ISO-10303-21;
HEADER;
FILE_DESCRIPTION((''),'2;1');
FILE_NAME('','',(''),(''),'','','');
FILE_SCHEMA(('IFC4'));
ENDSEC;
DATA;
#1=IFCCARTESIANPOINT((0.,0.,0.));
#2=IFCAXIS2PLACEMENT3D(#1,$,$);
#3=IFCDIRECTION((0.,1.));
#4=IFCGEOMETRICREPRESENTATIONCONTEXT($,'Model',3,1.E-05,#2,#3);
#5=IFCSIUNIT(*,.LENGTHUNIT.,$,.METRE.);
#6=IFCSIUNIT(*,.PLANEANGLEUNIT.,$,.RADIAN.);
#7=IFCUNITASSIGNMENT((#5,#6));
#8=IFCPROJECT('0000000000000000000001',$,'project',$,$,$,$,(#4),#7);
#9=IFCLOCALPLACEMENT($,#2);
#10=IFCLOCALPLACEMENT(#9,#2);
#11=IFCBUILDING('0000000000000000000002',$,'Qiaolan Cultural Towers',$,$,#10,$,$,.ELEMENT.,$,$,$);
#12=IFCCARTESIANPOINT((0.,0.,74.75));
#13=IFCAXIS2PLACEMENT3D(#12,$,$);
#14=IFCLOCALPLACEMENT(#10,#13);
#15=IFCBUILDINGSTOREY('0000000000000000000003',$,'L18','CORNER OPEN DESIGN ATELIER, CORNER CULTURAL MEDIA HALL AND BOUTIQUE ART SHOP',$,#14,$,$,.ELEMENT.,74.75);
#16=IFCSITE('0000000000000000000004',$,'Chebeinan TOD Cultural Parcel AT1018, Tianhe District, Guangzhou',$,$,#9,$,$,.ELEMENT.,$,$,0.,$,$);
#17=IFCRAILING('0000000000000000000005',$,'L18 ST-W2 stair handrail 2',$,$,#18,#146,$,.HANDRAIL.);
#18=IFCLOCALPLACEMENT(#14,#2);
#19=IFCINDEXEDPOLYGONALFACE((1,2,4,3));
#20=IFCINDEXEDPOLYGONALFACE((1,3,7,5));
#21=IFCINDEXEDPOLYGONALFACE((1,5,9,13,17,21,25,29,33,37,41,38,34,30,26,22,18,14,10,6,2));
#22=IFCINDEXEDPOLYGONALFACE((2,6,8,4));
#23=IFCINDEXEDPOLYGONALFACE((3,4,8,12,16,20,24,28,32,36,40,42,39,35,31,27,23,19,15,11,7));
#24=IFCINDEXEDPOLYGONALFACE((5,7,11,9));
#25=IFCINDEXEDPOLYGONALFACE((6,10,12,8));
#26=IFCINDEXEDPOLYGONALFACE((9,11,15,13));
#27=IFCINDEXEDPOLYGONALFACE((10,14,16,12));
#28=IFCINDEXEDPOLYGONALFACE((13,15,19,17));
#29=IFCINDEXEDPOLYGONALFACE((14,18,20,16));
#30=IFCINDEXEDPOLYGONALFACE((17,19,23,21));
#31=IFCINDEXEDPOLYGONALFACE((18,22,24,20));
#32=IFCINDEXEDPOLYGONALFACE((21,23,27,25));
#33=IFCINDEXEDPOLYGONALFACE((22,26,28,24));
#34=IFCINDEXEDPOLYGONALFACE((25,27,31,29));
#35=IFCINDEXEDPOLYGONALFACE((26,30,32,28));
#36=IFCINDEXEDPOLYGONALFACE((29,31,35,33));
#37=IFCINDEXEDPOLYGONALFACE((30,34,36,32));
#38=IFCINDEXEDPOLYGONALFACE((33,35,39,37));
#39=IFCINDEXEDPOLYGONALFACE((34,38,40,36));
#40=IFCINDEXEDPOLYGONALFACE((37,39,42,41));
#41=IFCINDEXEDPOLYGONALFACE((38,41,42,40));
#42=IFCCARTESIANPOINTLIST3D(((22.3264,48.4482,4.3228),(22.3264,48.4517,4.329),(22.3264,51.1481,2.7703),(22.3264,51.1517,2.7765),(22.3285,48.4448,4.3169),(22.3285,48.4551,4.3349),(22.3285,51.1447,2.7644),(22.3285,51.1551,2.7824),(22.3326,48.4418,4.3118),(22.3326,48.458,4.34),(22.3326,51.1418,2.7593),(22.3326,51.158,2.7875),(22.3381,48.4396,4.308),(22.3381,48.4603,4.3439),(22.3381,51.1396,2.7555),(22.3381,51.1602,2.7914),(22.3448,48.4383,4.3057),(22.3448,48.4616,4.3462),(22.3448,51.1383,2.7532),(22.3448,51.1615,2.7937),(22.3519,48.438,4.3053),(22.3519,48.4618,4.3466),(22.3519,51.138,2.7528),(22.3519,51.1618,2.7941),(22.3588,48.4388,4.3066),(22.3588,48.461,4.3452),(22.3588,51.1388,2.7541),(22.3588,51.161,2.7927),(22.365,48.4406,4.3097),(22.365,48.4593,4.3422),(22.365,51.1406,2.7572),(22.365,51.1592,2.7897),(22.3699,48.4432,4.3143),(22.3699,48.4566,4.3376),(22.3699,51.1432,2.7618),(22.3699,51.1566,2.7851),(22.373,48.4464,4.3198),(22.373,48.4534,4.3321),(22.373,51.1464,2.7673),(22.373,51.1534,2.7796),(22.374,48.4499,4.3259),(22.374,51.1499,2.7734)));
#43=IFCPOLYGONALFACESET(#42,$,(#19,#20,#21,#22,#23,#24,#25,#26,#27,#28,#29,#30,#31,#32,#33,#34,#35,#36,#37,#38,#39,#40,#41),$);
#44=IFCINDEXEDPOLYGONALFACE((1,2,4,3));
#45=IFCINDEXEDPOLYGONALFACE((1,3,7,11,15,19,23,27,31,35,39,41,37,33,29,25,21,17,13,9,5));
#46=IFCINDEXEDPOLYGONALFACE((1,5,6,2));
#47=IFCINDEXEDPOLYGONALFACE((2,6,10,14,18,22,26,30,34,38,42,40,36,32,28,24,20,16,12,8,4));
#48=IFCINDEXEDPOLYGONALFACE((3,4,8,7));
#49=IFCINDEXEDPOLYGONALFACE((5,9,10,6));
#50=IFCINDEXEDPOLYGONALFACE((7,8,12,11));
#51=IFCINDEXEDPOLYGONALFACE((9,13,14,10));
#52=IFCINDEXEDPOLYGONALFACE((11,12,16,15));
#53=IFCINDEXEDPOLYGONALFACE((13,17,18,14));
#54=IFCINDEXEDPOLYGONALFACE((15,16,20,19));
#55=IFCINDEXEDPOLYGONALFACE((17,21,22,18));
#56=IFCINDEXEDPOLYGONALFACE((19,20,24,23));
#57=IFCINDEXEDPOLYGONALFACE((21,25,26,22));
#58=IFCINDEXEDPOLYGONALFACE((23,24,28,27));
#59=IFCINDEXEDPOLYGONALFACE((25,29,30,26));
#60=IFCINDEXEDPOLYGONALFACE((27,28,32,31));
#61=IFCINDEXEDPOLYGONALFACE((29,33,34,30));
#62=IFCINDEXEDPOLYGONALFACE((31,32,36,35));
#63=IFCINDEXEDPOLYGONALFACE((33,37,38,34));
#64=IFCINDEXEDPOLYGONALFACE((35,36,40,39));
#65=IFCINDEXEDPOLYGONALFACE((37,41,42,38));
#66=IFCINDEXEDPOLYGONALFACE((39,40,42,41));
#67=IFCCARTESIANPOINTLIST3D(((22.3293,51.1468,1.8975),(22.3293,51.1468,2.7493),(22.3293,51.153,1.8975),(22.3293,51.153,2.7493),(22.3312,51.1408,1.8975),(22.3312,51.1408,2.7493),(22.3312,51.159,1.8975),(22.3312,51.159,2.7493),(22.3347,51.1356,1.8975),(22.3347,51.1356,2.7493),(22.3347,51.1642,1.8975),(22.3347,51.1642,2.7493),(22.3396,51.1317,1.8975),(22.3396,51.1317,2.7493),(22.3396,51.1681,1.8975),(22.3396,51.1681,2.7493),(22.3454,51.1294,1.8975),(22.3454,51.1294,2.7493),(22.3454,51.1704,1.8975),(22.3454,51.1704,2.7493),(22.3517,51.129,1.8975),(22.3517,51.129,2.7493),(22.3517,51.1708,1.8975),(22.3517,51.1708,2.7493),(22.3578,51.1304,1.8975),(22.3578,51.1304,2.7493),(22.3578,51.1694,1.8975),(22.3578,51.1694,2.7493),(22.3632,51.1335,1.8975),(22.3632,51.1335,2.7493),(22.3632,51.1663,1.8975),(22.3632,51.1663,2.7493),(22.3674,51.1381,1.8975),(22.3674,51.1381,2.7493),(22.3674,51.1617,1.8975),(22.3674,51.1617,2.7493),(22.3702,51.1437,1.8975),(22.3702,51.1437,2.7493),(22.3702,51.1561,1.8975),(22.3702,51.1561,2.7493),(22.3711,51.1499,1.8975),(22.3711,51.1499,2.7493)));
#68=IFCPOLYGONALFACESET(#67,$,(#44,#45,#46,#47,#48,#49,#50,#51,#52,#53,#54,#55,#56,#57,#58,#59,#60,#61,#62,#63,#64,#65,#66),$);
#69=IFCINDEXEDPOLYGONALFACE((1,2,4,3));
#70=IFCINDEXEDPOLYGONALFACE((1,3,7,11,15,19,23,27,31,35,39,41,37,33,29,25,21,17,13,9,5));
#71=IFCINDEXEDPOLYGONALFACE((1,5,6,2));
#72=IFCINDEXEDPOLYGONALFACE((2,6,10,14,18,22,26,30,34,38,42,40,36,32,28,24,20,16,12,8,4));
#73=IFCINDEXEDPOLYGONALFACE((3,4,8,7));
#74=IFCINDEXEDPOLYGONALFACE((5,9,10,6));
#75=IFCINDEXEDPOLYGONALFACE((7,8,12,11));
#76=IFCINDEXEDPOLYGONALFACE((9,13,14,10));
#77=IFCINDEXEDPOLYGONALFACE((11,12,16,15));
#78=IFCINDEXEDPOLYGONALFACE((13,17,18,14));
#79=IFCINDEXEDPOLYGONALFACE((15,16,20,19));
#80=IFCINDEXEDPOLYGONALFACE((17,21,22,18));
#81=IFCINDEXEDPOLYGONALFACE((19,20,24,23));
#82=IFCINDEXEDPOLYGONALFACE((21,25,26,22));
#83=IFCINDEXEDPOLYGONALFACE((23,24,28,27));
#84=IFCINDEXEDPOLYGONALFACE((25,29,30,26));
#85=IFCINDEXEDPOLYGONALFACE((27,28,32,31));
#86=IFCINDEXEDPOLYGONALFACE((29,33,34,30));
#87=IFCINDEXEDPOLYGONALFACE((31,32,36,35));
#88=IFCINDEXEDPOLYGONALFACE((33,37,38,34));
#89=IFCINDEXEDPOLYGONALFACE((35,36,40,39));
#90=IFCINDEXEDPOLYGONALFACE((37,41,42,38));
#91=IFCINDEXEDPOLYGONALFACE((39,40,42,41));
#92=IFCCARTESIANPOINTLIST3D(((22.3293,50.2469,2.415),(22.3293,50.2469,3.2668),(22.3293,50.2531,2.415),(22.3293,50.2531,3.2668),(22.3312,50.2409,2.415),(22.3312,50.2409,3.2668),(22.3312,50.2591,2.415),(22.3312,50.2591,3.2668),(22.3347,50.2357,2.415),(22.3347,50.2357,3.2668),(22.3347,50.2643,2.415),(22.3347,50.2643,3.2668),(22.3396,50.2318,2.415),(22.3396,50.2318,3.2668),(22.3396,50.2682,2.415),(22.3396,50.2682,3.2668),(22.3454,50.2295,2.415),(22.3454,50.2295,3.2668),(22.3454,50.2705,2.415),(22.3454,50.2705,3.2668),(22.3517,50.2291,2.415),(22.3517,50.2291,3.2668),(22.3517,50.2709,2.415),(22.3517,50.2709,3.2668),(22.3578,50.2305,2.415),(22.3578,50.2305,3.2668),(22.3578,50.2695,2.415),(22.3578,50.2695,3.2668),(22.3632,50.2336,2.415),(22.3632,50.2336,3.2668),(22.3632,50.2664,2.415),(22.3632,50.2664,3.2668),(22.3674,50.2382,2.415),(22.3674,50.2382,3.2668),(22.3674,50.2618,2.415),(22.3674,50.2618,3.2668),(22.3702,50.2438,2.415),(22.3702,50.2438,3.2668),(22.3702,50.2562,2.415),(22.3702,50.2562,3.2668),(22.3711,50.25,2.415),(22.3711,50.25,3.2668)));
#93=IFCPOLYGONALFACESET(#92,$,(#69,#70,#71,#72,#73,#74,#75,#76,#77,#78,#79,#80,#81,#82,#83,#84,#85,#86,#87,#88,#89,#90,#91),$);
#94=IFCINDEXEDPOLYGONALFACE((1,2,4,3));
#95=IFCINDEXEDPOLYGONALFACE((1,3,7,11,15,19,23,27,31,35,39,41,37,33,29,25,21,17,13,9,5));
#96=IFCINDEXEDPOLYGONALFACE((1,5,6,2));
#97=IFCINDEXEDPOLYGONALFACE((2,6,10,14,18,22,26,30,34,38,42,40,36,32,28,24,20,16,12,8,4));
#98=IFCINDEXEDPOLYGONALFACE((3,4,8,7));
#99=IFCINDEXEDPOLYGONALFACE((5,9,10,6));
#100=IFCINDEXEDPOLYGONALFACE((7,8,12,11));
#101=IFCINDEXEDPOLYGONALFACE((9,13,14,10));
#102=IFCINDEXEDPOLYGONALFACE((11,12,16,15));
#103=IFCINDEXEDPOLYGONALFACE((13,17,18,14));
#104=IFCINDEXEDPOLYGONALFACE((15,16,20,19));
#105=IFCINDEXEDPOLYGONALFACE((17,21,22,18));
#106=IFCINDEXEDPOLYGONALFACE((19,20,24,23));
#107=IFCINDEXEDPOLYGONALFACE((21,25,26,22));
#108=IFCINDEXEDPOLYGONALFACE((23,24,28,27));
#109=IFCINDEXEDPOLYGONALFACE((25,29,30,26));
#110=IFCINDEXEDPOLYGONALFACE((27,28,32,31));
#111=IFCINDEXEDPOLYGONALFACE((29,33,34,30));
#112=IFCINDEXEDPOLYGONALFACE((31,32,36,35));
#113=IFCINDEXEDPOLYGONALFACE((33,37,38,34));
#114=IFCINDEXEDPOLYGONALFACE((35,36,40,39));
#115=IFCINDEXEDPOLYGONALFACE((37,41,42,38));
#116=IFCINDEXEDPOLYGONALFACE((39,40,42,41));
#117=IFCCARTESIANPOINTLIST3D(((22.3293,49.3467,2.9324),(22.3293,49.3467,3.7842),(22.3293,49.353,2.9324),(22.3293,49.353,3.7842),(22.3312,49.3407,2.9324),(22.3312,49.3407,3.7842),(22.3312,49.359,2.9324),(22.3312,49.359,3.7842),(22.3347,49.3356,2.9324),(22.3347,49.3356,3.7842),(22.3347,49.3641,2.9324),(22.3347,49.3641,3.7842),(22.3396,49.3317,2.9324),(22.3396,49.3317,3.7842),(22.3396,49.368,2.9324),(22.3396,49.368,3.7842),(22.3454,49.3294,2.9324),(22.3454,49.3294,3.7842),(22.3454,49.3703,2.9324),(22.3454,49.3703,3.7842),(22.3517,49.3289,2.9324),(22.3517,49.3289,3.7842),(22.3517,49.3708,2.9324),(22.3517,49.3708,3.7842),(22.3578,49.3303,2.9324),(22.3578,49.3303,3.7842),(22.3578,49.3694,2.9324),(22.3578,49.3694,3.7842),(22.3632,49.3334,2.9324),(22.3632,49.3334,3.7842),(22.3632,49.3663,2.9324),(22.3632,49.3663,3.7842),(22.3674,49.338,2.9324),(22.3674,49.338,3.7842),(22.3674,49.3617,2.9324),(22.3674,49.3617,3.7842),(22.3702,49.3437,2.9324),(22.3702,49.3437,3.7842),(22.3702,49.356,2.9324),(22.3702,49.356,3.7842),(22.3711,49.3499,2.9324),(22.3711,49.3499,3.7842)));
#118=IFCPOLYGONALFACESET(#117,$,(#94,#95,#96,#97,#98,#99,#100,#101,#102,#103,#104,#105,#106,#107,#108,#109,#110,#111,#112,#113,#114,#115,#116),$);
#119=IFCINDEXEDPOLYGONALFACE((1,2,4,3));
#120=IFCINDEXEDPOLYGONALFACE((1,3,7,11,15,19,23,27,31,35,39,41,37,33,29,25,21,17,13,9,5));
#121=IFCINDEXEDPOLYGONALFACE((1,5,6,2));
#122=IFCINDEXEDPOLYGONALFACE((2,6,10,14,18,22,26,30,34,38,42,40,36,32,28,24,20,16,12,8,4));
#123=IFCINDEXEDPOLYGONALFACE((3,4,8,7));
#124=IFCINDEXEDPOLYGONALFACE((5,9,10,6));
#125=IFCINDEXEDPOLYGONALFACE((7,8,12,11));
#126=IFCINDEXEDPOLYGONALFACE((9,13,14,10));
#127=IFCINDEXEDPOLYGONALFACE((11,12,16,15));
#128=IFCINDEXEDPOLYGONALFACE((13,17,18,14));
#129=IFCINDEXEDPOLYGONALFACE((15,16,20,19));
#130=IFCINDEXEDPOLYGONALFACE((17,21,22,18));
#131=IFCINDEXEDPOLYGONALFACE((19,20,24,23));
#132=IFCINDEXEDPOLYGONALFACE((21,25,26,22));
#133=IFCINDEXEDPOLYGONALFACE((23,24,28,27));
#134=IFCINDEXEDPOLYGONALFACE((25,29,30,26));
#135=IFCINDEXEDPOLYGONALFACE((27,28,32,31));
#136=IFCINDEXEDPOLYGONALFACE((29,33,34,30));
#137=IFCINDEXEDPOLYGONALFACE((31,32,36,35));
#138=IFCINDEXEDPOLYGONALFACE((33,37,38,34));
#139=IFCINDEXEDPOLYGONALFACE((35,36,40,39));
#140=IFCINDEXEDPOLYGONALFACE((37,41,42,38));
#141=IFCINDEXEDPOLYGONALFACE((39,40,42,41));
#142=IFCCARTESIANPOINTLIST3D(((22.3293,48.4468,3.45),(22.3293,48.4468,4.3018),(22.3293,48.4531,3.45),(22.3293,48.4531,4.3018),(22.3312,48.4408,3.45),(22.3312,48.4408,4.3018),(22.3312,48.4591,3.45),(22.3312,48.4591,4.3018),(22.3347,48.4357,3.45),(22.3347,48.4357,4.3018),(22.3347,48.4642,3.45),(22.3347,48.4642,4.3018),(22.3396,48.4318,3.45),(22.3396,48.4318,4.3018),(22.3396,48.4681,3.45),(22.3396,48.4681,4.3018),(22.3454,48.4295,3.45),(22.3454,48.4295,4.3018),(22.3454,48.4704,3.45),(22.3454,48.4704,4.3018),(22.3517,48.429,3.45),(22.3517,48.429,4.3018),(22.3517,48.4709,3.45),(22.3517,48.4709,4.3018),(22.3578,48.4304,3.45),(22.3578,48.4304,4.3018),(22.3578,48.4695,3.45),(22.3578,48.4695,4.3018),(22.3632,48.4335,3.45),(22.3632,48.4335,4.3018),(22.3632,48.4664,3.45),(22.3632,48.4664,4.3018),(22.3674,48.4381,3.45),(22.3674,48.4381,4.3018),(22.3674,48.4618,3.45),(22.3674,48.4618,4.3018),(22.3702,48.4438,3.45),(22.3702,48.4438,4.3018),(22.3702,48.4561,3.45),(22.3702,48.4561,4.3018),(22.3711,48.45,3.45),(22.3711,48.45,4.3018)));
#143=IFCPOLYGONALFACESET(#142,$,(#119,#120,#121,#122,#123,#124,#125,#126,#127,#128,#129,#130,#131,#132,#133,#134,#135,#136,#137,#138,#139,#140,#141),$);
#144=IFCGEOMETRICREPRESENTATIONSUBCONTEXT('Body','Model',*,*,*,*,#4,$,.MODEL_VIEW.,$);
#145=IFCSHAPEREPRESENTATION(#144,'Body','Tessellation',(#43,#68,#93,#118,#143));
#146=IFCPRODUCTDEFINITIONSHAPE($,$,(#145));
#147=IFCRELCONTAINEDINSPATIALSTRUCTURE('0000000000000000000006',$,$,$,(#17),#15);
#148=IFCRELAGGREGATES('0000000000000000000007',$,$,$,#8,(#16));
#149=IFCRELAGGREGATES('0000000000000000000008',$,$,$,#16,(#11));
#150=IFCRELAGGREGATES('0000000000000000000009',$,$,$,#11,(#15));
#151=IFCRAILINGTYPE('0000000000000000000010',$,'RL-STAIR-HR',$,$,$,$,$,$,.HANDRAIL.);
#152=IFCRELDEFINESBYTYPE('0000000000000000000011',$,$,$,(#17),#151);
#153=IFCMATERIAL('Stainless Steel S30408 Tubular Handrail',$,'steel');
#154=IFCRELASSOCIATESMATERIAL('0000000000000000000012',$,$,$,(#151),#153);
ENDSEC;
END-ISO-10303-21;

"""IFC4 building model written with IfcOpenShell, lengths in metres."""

from ifc_helpers import new_model, si_unit, direction, frame, origin, origin_2d, place, context, subcontext, project, spatial, circle, extrude, material, type_object, element, save


model = new_model("IFC4")

# Units and contexts
model_context = context("Model", 3, precision=1e-05, world=origin(), true_north=direction((0.0, 1.0)))
body_context = subcontext(model_context, "Body", "Model", "MODEL_VIEW")
ifc_project = project(units=[si_unit("LENGTHUNIT", "METRE"), si_unit("PLANEANGLEUNIT", "RADIAN")], contexts=[model_context])

# Site, building, storey
site_placement = place(None, origin())
site = spatial("IfcSite", under=ifc_project, at=site_placement, Name="Chebeinan TOD Cultural Parcel AT1018, Tianhe District, Guangzhou", CompositionType="ELEMENT", RefElevation=0.0)
building_placement = place(site_placement, origin())
building = spatial("IfcBuilding", under=site, at=building_placement, Name="Qiaolan Cultural Towers", CompositionType="ELEMENT")
storey_placement = place(building_placement, frame((0.0, 0.0, 74.75)))
storey = spatial("IfcBuildingStorey", under=building, at=storey_placement, Name="L18", Description="CORNER OPEN DESIGN ATELIER, CORNER CULTURAL MEDIA HALL AND BOUTIQUE ART SHOP", CompositionType="ELEMENT", Elevation=74.75)

# Railing
ifc_material_1 = material(Name="Stainless Steel S30408 Tubular Handrail", Category="steel")
railing_type_1 = type_object("IfcRailingType", Name="RL-STAIR-HR", PredefinedType="HANDRAIL", material=ifc_material_1)
railing_1_placement = place(storey_placement, frame((22.3501, 51.1499, 1.8975)))
element("IfcRailing", 1, at=railing_1_placement, inside=storey, type_object=railing_type_1, Name="L18 ST-W2 stair handrail 2", PredefinedType="HANDRAIL", context=body_context, shape_type="SweptSolid", body=[
    extrude(circle(Radius=0.0239, at=origin_2d()), frame((0.0, 0.0, 0.876), z_axis=(0.0, -0.866904, 0.498476), x_axis=(1.0, 0.0, 0.0)), (0.0, 0.0, 1.0), 3.1145),
    extrude(circle(Radius=0.021, at=origin_2d()), origin(), (0.0, 0.0, 1.0), 0.8518),
    extrude(circle(Radius=0.021, at=origin_2d()), frame((0.0, -0.8999, 0.5176)), (0.0, 0.0, 1.0), 0.8518),
    extrude(circle(Radius=0.021, at=origin_2d()), frame((0.0, -1.8, 1.0349)), (0.0, 0.0, 1.0), 0.8518),
    extrude(circle(Radius=0.021, at=origin_2d()), frame((0.0, -2.7, 1.5525)), (0.0, 0.0, 1.0), 0.8518),
])

save(model, "model.ifc")
